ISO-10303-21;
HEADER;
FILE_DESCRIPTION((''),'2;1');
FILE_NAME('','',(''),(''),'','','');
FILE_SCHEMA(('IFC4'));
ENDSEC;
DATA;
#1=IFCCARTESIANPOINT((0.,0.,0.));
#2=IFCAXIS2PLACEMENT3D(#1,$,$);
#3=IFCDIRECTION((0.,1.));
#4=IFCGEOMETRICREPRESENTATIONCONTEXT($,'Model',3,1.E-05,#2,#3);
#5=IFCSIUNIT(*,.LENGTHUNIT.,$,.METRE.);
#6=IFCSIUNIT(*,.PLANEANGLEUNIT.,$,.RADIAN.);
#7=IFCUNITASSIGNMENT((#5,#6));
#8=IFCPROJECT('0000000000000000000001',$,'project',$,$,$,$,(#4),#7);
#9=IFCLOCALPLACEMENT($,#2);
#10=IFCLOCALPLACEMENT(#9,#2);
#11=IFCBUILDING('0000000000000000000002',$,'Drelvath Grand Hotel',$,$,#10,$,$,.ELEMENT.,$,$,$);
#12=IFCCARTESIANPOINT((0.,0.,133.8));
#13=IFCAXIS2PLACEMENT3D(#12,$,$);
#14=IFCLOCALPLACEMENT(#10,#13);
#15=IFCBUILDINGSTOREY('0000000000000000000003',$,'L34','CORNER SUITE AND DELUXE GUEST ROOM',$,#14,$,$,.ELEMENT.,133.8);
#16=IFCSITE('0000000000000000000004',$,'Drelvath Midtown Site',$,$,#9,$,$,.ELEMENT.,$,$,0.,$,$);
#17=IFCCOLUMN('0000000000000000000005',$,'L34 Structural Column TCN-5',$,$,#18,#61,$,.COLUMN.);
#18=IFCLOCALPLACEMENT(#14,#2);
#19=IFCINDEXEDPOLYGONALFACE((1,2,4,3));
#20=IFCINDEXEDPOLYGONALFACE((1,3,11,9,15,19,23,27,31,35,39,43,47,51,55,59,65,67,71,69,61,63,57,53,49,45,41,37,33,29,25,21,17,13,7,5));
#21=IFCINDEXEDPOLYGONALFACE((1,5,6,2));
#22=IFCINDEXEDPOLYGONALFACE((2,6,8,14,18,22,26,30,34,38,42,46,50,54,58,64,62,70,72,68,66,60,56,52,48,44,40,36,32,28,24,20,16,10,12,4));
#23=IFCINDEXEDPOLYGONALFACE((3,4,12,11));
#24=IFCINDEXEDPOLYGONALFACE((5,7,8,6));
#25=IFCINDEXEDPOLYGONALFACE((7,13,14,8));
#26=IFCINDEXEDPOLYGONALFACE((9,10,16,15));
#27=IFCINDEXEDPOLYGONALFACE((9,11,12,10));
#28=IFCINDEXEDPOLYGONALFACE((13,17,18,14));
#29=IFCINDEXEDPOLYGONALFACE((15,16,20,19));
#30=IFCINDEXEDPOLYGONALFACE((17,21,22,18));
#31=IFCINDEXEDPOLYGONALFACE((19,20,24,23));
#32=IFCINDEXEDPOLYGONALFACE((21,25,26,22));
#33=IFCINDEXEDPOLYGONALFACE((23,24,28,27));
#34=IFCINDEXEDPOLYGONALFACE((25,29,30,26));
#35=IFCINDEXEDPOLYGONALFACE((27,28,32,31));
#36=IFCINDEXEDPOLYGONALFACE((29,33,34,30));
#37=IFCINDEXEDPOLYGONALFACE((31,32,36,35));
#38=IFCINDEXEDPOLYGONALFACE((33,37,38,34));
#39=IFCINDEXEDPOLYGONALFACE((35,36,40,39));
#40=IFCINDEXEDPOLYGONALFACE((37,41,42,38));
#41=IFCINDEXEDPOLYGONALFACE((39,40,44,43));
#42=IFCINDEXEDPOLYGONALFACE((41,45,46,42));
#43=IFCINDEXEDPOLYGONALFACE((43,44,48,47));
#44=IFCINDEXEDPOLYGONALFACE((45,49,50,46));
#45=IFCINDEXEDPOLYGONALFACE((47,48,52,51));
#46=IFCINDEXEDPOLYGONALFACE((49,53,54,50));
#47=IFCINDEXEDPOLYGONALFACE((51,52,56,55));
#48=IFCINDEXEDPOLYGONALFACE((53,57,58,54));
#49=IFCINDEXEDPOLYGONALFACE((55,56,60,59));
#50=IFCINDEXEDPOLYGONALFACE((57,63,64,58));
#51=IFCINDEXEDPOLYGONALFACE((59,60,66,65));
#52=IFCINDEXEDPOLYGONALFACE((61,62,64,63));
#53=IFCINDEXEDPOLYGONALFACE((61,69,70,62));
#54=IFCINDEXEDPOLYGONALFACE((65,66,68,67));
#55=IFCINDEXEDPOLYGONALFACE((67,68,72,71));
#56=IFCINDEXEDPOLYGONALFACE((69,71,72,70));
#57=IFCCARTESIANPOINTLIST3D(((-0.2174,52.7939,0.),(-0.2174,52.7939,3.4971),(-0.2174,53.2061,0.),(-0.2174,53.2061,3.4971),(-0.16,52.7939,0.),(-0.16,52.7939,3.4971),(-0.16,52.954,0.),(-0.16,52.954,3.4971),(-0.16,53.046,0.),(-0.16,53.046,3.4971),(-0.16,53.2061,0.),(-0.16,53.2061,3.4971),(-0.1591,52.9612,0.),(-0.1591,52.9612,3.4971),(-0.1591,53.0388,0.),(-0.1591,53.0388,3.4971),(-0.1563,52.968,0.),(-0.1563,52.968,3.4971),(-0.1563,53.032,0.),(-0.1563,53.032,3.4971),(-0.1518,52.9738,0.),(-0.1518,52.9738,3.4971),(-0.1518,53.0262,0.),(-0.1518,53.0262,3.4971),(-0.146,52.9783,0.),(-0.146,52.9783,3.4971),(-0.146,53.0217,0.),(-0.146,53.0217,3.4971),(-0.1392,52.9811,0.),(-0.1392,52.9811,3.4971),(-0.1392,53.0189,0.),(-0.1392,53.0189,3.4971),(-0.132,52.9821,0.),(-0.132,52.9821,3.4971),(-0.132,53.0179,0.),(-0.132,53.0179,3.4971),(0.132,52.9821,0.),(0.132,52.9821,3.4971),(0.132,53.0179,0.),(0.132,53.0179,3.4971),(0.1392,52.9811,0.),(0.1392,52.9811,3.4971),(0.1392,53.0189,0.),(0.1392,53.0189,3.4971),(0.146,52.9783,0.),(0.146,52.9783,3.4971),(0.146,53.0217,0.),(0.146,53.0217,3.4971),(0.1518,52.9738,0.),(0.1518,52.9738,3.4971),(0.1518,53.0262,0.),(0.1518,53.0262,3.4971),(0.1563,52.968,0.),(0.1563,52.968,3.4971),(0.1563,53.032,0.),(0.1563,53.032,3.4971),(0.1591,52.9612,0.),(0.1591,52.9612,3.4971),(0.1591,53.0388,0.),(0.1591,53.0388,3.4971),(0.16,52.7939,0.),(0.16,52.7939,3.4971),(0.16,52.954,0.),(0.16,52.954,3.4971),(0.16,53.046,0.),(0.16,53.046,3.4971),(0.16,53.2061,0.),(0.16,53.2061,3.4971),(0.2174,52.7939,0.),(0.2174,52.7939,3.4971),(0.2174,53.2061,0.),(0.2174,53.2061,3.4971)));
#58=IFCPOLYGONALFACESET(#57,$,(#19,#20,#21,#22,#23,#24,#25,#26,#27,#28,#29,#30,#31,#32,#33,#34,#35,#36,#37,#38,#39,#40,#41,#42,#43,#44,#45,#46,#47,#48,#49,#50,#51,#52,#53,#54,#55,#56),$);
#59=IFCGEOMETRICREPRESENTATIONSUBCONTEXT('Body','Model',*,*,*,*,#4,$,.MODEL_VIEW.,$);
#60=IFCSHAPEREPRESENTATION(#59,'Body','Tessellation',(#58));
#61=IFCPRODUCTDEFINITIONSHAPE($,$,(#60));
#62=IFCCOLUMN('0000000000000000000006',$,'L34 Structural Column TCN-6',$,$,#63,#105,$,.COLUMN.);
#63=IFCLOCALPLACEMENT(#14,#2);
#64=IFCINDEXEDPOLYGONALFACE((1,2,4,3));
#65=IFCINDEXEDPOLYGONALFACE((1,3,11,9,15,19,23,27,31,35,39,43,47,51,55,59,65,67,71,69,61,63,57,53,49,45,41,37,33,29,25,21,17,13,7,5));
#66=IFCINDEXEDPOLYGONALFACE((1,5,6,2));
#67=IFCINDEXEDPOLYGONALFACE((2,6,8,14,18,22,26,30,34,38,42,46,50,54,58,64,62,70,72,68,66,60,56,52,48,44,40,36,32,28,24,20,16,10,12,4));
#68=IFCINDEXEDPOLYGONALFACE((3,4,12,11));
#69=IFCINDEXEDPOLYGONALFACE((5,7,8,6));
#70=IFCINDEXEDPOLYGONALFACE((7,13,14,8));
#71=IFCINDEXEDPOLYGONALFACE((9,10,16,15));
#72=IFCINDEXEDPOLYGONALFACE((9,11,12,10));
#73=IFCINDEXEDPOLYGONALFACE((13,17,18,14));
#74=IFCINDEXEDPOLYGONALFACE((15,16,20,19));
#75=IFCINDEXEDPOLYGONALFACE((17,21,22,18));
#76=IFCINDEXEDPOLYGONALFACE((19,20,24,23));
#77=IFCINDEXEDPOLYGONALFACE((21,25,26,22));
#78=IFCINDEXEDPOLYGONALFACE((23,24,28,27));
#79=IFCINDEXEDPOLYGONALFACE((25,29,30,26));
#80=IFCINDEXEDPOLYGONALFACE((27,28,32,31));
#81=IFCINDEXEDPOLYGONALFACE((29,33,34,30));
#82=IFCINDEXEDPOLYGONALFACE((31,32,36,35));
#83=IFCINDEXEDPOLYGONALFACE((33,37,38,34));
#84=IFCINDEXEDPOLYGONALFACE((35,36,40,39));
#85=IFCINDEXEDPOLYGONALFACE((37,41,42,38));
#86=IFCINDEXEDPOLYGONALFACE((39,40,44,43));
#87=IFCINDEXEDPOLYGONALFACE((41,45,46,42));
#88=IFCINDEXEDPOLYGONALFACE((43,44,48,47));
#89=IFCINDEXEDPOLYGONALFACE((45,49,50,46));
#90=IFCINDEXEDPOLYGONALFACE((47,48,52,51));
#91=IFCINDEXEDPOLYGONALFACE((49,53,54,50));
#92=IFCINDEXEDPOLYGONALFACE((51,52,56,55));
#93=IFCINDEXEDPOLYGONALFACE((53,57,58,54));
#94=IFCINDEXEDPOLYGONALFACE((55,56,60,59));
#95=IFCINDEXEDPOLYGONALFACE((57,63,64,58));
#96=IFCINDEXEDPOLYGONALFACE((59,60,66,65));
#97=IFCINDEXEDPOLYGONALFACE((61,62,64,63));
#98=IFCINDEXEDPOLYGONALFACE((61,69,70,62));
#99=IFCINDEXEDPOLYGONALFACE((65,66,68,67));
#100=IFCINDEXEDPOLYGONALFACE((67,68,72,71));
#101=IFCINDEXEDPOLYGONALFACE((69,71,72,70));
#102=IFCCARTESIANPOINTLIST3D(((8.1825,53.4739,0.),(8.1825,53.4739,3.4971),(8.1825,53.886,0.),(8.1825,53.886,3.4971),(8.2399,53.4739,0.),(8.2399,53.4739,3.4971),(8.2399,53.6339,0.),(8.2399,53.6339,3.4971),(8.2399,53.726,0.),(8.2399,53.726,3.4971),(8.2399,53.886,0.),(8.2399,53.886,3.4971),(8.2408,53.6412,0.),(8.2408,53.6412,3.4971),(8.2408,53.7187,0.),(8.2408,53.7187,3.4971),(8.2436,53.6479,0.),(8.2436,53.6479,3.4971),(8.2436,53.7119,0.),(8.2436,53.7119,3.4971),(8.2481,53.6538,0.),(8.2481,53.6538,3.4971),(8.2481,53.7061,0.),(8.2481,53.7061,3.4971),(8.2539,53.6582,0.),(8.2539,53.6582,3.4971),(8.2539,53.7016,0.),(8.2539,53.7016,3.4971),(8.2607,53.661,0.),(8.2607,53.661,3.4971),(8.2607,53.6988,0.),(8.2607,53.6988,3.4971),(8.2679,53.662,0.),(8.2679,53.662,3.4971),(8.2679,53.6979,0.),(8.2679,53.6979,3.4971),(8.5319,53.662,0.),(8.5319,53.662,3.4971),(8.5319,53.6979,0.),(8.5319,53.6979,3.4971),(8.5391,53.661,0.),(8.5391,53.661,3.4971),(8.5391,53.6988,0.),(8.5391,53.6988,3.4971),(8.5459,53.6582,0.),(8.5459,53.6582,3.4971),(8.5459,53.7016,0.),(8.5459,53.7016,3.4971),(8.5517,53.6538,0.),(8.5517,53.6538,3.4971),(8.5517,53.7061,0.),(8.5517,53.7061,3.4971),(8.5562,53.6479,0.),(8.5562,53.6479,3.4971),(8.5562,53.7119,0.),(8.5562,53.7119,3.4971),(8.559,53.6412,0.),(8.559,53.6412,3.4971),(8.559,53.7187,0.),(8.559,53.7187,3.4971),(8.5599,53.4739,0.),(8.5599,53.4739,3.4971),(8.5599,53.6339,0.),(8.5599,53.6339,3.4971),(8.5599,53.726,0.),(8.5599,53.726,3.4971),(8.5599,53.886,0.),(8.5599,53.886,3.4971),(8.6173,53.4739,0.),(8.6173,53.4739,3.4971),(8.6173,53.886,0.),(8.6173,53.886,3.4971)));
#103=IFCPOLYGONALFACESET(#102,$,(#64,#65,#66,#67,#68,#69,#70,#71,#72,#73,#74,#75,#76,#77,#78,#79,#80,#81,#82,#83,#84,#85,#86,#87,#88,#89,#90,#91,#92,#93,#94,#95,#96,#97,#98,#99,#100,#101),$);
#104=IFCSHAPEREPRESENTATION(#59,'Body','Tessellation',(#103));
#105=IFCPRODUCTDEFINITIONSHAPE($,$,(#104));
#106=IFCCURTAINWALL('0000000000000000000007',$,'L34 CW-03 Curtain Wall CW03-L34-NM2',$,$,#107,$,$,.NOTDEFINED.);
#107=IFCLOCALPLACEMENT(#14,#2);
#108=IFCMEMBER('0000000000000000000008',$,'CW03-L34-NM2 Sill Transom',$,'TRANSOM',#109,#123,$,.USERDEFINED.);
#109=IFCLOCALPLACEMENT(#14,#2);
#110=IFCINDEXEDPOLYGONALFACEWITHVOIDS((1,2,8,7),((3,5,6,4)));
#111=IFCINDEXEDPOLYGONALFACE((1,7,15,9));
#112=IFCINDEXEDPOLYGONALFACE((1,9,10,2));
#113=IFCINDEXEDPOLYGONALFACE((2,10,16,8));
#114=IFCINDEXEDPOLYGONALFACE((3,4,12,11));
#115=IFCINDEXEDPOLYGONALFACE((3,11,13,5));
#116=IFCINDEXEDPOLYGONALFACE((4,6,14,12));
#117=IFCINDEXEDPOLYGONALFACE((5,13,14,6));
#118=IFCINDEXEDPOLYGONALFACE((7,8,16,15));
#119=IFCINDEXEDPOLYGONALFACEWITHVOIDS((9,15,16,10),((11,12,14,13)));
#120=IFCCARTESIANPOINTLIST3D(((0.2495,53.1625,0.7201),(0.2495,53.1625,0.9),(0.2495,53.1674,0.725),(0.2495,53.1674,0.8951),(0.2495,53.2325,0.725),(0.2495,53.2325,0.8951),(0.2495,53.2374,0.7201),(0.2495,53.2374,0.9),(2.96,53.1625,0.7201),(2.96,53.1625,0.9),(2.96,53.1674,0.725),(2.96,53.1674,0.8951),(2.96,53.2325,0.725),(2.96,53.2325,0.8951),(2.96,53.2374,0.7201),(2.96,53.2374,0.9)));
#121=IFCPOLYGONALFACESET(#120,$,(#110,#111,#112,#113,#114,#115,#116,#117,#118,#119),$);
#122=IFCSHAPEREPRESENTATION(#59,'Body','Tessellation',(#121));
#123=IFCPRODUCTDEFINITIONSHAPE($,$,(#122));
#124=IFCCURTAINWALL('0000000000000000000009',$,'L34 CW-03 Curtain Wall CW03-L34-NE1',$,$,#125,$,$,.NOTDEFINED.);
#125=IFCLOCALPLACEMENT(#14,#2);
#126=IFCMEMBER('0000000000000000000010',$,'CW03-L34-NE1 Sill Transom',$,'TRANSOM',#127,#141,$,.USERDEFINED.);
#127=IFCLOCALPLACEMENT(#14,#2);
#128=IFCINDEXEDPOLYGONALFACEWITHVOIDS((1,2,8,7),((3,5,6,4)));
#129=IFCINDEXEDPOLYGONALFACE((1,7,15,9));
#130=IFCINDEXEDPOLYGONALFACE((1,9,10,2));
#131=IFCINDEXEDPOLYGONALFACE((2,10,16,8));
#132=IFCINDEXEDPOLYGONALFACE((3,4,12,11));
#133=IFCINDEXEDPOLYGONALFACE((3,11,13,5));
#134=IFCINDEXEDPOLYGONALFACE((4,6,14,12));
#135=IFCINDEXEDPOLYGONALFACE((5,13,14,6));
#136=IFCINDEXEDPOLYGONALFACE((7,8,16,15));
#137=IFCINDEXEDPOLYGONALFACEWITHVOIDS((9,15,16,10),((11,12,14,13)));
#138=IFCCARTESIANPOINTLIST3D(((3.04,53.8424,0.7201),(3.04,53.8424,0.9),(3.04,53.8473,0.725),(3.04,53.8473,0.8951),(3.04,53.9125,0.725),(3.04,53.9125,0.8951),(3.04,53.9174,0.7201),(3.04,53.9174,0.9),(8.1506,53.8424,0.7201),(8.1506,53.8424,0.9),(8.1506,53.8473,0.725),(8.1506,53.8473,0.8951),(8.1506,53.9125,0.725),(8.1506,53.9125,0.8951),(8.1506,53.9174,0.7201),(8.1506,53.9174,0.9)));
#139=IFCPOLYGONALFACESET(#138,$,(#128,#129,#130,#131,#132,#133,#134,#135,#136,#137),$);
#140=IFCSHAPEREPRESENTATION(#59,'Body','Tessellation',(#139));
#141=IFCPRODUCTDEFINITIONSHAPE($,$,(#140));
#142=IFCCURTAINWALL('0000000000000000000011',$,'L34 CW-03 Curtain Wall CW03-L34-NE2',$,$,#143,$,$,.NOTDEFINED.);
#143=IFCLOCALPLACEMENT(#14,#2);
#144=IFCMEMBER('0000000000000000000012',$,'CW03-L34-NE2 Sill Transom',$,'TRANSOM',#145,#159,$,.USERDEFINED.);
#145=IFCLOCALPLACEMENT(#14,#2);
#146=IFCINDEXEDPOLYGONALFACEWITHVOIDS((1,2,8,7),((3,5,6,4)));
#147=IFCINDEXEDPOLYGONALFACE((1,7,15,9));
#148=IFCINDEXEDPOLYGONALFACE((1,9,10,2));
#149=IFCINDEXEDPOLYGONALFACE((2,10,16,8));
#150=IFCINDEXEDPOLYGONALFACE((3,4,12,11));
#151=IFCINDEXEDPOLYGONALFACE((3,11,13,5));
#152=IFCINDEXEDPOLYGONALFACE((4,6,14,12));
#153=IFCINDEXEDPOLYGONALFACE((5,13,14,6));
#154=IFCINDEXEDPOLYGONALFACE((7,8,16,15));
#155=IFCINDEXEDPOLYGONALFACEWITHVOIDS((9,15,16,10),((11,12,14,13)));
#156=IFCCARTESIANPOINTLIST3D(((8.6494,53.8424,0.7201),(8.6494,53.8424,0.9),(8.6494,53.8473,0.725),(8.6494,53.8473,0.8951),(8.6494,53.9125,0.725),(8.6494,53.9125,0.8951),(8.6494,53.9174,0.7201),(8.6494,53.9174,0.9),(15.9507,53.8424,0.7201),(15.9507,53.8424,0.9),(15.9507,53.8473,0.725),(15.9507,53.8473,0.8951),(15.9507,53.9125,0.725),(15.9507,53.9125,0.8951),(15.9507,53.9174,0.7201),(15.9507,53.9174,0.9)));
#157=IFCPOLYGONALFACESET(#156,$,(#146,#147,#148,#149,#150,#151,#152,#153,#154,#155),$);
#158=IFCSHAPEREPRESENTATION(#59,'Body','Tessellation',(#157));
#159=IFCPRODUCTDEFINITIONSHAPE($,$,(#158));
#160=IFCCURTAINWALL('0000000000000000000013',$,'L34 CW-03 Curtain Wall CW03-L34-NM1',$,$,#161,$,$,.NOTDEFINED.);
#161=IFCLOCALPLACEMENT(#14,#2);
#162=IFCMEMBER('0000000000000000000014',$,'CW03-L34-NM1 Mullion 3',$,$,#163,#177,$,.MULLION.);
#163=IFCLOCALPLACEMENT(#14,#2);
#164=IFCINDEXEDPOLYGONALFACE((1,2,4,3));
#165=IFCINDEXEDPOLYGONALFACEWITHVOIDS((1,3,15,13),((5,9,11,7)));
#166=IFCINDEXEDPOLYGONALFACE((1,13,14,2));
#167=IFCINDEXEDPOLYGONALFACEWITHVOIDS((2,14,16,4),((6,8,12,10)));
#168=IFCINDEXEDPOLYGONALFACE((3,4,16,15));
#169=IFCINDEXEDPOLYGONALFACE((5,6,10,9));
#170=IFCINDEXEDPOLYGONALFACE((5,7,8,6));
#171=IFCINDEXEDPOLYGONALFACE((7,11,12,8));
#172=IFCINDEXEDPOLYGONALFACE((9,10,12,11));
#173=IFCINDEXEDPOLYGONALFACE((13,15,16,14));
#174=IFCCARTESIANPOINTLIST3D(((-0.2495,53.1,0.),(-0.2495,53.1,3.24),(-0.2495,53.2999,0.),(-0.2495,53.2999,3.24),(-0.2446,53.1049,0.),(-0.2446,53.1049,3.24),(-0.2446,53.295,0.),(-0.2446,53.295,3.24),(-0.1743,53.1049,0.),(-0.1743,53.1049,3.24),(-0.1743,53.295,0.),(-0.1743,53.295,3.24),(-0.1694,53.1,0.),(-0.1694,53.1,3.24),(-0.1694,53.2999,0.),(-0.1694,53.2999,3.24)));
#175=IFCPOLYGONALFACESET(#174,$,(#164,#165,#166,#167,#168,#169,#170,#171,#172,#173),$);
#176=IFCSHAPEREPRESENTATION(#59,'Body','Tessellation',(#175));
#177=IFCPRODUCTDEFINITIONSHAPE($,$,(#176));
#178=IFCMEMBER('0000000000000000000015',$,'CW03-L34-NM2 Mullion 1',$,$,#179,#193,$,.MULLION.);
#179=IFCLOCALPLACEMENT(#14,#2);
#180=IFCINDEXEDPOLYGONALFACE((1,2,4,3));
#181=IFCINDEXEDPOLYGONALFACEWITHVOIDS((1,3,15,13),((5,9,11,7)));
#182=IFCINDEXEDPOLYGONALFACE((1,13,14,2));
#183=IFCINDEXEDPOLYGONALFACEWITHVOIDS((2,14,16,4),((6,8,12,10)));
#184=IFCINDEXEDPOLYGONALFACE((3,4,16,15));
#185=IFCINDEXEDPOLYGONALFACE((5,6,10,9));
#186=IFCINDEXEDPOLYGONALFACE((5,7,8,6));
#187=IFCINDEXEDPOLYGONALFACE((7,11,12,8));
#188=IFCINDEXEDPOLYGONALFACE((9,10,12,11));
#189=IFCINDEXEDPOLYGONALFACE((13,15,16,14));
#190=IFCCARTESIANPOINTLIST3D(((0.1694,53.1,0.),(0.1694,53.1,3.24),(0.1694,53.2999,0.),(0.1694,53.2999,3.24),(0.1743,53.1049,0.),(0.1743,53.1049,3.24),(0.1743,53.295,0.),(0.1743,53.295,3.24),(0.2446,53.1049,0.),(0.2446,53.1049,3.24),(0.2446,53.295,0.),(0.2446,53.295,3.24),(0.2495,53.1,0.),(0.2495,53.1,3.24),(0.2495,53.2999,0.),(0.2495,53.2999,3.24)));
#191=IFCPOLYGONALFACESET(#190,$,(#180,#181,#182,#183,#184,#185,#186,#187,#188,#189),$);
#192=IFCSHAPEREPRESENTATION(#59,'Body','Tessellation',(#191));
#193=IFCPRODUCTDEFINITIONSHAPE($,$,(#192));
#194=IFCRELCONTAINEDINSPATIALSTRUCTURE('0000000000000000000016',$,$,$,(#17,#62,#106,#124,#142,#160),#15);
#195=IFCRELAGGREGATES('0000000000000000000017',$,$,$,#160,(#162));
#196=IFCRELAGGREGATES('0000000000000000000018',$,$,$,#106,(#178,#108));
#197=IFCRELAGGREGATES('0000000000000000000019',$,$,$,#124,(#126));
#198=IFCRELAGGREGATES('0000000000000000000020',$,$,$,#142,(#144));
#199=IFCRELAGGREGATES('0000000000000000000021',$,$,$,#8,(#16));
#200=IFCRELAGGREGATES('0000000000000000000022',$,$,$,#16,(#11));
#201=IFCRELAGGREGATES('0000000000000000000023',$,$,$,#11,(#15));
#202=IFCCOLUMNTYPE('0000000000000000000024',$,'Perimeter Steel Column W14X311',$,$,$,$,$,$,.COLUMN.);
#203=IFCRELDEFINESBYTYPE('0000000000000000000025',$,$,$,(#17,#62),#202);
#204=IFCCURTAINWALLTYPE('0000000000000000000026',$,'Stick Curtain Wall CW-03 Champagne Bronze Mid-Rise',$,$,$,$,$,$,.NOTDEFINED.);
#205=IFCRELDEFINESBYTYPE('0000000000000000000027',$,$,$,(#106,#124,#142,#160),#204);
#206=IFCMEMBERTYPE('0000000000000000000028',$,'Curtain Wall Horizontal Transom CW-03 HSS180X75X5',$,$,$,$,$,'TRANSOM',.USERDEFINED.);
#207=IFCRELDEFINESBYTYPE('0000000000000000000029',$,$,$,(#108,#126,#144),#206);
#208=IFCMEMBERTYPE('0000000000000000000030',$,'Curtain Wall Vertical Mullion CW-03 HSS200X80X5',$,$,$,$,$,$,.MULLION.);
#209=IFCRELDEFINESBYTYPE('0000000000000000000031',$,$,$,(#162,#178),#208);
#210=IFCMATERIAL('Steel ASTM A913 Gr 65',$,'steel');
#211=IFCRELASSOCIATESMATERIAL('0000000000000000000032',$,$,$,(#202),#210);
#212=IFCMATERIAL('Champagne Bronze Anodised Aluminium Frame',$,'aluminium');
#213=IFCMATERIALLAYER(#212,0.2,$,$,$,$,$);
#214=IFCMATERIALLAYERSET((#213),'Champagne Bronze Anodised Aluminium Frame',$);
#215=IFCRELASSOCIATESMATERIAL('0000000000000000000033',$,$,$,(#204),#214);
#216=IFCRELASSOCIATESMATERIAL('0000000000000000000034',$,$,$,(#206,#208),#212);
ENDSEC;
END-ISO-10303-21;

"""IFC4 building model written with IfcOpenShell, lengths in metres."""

from ifc_helpers import new_model, si_unit, direction, frame, origin, origin_2d, place, context, subcontext, project, spatial, hollow_rectangle, i_section, extrude, material, layer, layer_set, material_profile, profile_set, type_object, element, aggregate, save


model = new_model("IFC4")

# Units and contexts
model_context = context("Model", 3, precision=1e-05, world=origin(), true_north=direction((0.0, 1.0)))
body_context = subcontext(model_context, "Body", "Model", "MODEL_VIEW")
ifc_project = project(units=[si_unit("LENGTHUNIT", "METRE"), si_unit("PLANEANGLEUNIT", "RADIAN")], contexts=[model_context])

# Site, building, storey
site_placement = place(None, origin())
site = spatial("IfcSite", under=ifc_project, at=site_placement, Name="Drelvath Midtown Site", CompositionType="ELEMENT", RefElevation=0.0)
building_placement = place(site_placement, origin())
building = spatial("IfcBuilding", under=site, at=building_placement, Name="Drelvath Grand Hotel", CompositionType="ELEMENT")
storey_placement = place(building_placement, frame((0.0, 0.0, 133.8)))
storey = spatial("IfcBuildingStorey", under=building, at=storey_placement, Name="L34", Description="CORNER SUITE AND DELUXE GUEST ROOM", CompositionType="ELEMENT", Elevation=133.8)

# Columns
ifc_material_1 = material(Name="Steel ASTM A913 Gr 65", Category="steel")
ifc_material_profile_1 = material_profile(ifc_material_1, i_section(OverallWidth=0.4121, OverallDepth=0.4348, WebThickness=0.0359, FlangeThickness=0.0574, FilletRadius=0.0281, at=origin_2d()), Name="W14X311")
ifc_profile_set_1 = profile_set([ifc_material_profile_1], Name="Steel ASTM A913 Gr 65")
column_type = type_object("IfcColumnType", Name="Perimeter Steel Column W14X311", PredefinedType="COLUMN", material=ifc_profile_set_1)
for number, where, z_axis, x_axis, name in (
    (1, (0.0, 53.0, 0.0), (0.0, 0.0, 1.0), (0.0, 1.0, 0.0), "L34 Structural Column TCN-5"),
    (2, (8.3999, 53.6799, 0.0), (0.0, 0.0, 1.0), (0.0, 1.0, 0.0), "L34 Structural Column TCN-6"),
):
    element("IfcColumn", number, at=place(storey_placement, frame(where, z_axis=z_axis, x_axis=x_axis)), inside=storey, type_object=column_type, Name=name, PredefinedType="COLUMN", context=body_context, shape_type="SweptSolid", body=[
        extrude(i_section(OverallWidth=0.4121, OverallDepth=0.4348, WebThickness=0.0359, FlangeThickness=0.0574, FilletRadius=0.0281, at=origin_2d()), origin(), (0.0, 0.0, 1.0), 3.4971),
    ])

# Curtain walls, members
ifc_material_2 = material(Name="Champagne Bronze Anodised Aluminium Frame", Category="aluminium")
ifc_layer_1 = layer(ifc_material_2, 0.2)
ifc_layer_set_1 = layer_set([ifc_layer_1], Name="Champagne Bronze Anodised Aluminium Frame")
curtain_wall_type = type_object("IfcCurtainWallType", Name="Stick Curtain Wall CW-03 Champagne Bronze Mid-Rise", PredefinedType="NOTDEFINED", material=ifc_layer_set_1)
curtain_wall_1_placement = place(storey_placement, origin())
curtain_wall_1 = element("IfcCurtainWall", 3, at=curtain_wall_1_placement, inside=storey, type_object=curtain_wall_type, Name="L34 CW-03 Curtain Wall CW03-L34-NM2", PredefinedType="NOTDEFINED")
ifc_material_profile_2 = material_profile(ifc_material_2, hollow_rectangle(XDim=0.075, YDim=0.1799, WallThickness=0.0049, at=origin_2d()), Name="HSS180X75X5")
ifc_profile_set_2 = profile_set([ifc_material_profile_2], Name="Champagne Bronze Anodised Aluminium Frame")
member_type_1 = type_object("IfcMemberType", Name="Curtain Wall Horizontal Transom CW-03 HSS180X75X5", ElementType="TRANSOM", PredefinedType="USERDEFINED", material=ifc_profile_set_2)
member_1_placement = place(storey_placement, frame((0.2495, 53.2, 0.8101), z_axis=(1.0, 0.0, 0.0), x_axis=(0.0, 1.0, 0.0)))
member_1 = element("IfcMember", 4, at=member_1_placement, type_object=member_type_1, Name="CW03-L34-NM2 Sill Transom", ObjectType="TRANSOM", PredefinedType="USERDEFINED", context=body_context, shape_type="SweptSolid", body=[
    extrude(hollow_rectangle(XDim=0.075, YDim=0.1799, WallThickness=0.0049, at=origin_2d()), origin(), (0.0, 0.0, 1.0), 2.7104),
])
curtain_wall_2_placement = place(storey_placement, origin())
curtain_wall_2 = element("IfcCurtainWall", 5, at=curtain_wall_2_placement, inside=storey, type_object=curtain_wall_type, Name="L34 CW-03 Curtain Wall CW03-L34-NE1", PredefinedType="NOTDEFINED")
member_2_placement = place(storey_placement, frame((3.04, 53.8799, 0.8101), z_axis=(1.0, 0.0, 0.0), x_axis=(0.0, 1.0, 0.0)))
member_2 = element("IfcMember", 6, at=member_2_placement, type_object=member_type_1, Name="CW03-L34-NE1 Sill Transom", ObjectType="TRANSOM", PredefinedType="USERDEFINED", context=body_context, shape_type="SweptSolid", body=[
    extrude(hollow_rectangle(XDim=0.075, YDim=0.1799, WallThickness=0.0049, at=origin_2d()), origin(), (0.0, 0.0, 1.0), 5.1106),
])
curtain_wall_3_placement = place(storey_placement, origin())
curtain_wall_3 = element("IfcCurtainWall", 7, at=curtain_wall_3_placement, inside=storey, type_object=curtain_wall_type, Name="L34 CW-03 Curtain Wall CW03-L34-NE2", PredefinedType="NOTDEFINED")
member_3_placement = place(storey_placement, frame((8.6494, 53.8799, 0.8101), z_axis=(1.0, 0.0, 0.0), x_axis=(0.0, 1.0, 0.0)))
member_3 = element("IfcMember", 8, at=member_3_placement, type_object=member_type_1, Name="CW03-L34-NE2 Sill Transom", ObjectType="TRANSOM", PredefinedType="USERDEFINED", context=body_context, shape_type="SweptSolid", body=[
    extrude(hollow_rectangle(XDim=0.075, YDim=0.1799, WallThickness=0.0049, at=origin_2d()), origin(), (0.0, 0.0, 1.0), 7.3013),
])
curtain_wall_4_placement = place(storey_placement, origin())
curtain_wall_4 = element("IfcCurtainWall", 9, at=curtain_wall_4_placement, inside=storey, type_object=curtain_wall_type, Name="L34 CW-03 Curtain Wall CW03-L34-NM1", PredefinedType="NOTDEFINED")
ifc_material_profile_3 = material_profile(ifc_material_2, hollow_rectangle(XDim=0.0801, YDim=0.2, WallThickness=0.0049, at=origin_2d()), Name="HSS200X80X5")
ifc_profile_set_3 = profile_set([ifc_material_profile_3], Name="Champagne Bronze Anodised Aluminium Frame")
member_type_2 = type_object("IfcMemberType", Name="Curtain Wall Vertical Mullion CW-03 HSS200X80X5", PredefinedType="MULLION", material=ifc_profile_set_3)
member_4_placement = place(storey_placement, frame((-0.2095, 53.2, 0.0), z_axis=(0.0, 0.0, 1.0), x_axis=(1.0, 0.0, 0.0)))
member_4 = element("IfcMember", 10, at=member_4_placement, type_object=member_type_2, Name="CW03-L34-NM1 Mullion 3", PredefinedType="MULLION", context=body_context, shape_type="SweptSolid", body=[
    extrude(hollow_rectangle(XDim=0.0801, YDim=0.2, WallThickness=0.0049, at=origin_2d()), origin(), (0.0, 0.0, 1.0), 3.24),
])

# Member
member_5_placement = place(storey_placement, frame((0.2095, 53.2, 0.0), z_axis=(0.0, 0.0, 1.0), x_axis=(1.0, 0.0, 0.0)))
member_5 = element("IfcMember", 11, at=member_5_placement, type_object=member_type_2, Name="CW03-L34-NM2 Mullion 1", PredefinedType="MULLION", context=body_context, shape_type="SweptSolid", body=[
    extrude(hollow_rectangle(XDim=0.0801, YDim=0.2, WallThickness=0.0049, at=origin_2d()), origin(), (0.0, 0.0, 1.0), 3.24),
])

aggregate(curtain_wall_4, [member_4])
aggregate(curtain_wall_1, [member_5, member_1])
aggregate(curtain_wall_2, [member_2])
aggregate(curtain_wall_3, [member_3])

save(model, "model.ifc")
